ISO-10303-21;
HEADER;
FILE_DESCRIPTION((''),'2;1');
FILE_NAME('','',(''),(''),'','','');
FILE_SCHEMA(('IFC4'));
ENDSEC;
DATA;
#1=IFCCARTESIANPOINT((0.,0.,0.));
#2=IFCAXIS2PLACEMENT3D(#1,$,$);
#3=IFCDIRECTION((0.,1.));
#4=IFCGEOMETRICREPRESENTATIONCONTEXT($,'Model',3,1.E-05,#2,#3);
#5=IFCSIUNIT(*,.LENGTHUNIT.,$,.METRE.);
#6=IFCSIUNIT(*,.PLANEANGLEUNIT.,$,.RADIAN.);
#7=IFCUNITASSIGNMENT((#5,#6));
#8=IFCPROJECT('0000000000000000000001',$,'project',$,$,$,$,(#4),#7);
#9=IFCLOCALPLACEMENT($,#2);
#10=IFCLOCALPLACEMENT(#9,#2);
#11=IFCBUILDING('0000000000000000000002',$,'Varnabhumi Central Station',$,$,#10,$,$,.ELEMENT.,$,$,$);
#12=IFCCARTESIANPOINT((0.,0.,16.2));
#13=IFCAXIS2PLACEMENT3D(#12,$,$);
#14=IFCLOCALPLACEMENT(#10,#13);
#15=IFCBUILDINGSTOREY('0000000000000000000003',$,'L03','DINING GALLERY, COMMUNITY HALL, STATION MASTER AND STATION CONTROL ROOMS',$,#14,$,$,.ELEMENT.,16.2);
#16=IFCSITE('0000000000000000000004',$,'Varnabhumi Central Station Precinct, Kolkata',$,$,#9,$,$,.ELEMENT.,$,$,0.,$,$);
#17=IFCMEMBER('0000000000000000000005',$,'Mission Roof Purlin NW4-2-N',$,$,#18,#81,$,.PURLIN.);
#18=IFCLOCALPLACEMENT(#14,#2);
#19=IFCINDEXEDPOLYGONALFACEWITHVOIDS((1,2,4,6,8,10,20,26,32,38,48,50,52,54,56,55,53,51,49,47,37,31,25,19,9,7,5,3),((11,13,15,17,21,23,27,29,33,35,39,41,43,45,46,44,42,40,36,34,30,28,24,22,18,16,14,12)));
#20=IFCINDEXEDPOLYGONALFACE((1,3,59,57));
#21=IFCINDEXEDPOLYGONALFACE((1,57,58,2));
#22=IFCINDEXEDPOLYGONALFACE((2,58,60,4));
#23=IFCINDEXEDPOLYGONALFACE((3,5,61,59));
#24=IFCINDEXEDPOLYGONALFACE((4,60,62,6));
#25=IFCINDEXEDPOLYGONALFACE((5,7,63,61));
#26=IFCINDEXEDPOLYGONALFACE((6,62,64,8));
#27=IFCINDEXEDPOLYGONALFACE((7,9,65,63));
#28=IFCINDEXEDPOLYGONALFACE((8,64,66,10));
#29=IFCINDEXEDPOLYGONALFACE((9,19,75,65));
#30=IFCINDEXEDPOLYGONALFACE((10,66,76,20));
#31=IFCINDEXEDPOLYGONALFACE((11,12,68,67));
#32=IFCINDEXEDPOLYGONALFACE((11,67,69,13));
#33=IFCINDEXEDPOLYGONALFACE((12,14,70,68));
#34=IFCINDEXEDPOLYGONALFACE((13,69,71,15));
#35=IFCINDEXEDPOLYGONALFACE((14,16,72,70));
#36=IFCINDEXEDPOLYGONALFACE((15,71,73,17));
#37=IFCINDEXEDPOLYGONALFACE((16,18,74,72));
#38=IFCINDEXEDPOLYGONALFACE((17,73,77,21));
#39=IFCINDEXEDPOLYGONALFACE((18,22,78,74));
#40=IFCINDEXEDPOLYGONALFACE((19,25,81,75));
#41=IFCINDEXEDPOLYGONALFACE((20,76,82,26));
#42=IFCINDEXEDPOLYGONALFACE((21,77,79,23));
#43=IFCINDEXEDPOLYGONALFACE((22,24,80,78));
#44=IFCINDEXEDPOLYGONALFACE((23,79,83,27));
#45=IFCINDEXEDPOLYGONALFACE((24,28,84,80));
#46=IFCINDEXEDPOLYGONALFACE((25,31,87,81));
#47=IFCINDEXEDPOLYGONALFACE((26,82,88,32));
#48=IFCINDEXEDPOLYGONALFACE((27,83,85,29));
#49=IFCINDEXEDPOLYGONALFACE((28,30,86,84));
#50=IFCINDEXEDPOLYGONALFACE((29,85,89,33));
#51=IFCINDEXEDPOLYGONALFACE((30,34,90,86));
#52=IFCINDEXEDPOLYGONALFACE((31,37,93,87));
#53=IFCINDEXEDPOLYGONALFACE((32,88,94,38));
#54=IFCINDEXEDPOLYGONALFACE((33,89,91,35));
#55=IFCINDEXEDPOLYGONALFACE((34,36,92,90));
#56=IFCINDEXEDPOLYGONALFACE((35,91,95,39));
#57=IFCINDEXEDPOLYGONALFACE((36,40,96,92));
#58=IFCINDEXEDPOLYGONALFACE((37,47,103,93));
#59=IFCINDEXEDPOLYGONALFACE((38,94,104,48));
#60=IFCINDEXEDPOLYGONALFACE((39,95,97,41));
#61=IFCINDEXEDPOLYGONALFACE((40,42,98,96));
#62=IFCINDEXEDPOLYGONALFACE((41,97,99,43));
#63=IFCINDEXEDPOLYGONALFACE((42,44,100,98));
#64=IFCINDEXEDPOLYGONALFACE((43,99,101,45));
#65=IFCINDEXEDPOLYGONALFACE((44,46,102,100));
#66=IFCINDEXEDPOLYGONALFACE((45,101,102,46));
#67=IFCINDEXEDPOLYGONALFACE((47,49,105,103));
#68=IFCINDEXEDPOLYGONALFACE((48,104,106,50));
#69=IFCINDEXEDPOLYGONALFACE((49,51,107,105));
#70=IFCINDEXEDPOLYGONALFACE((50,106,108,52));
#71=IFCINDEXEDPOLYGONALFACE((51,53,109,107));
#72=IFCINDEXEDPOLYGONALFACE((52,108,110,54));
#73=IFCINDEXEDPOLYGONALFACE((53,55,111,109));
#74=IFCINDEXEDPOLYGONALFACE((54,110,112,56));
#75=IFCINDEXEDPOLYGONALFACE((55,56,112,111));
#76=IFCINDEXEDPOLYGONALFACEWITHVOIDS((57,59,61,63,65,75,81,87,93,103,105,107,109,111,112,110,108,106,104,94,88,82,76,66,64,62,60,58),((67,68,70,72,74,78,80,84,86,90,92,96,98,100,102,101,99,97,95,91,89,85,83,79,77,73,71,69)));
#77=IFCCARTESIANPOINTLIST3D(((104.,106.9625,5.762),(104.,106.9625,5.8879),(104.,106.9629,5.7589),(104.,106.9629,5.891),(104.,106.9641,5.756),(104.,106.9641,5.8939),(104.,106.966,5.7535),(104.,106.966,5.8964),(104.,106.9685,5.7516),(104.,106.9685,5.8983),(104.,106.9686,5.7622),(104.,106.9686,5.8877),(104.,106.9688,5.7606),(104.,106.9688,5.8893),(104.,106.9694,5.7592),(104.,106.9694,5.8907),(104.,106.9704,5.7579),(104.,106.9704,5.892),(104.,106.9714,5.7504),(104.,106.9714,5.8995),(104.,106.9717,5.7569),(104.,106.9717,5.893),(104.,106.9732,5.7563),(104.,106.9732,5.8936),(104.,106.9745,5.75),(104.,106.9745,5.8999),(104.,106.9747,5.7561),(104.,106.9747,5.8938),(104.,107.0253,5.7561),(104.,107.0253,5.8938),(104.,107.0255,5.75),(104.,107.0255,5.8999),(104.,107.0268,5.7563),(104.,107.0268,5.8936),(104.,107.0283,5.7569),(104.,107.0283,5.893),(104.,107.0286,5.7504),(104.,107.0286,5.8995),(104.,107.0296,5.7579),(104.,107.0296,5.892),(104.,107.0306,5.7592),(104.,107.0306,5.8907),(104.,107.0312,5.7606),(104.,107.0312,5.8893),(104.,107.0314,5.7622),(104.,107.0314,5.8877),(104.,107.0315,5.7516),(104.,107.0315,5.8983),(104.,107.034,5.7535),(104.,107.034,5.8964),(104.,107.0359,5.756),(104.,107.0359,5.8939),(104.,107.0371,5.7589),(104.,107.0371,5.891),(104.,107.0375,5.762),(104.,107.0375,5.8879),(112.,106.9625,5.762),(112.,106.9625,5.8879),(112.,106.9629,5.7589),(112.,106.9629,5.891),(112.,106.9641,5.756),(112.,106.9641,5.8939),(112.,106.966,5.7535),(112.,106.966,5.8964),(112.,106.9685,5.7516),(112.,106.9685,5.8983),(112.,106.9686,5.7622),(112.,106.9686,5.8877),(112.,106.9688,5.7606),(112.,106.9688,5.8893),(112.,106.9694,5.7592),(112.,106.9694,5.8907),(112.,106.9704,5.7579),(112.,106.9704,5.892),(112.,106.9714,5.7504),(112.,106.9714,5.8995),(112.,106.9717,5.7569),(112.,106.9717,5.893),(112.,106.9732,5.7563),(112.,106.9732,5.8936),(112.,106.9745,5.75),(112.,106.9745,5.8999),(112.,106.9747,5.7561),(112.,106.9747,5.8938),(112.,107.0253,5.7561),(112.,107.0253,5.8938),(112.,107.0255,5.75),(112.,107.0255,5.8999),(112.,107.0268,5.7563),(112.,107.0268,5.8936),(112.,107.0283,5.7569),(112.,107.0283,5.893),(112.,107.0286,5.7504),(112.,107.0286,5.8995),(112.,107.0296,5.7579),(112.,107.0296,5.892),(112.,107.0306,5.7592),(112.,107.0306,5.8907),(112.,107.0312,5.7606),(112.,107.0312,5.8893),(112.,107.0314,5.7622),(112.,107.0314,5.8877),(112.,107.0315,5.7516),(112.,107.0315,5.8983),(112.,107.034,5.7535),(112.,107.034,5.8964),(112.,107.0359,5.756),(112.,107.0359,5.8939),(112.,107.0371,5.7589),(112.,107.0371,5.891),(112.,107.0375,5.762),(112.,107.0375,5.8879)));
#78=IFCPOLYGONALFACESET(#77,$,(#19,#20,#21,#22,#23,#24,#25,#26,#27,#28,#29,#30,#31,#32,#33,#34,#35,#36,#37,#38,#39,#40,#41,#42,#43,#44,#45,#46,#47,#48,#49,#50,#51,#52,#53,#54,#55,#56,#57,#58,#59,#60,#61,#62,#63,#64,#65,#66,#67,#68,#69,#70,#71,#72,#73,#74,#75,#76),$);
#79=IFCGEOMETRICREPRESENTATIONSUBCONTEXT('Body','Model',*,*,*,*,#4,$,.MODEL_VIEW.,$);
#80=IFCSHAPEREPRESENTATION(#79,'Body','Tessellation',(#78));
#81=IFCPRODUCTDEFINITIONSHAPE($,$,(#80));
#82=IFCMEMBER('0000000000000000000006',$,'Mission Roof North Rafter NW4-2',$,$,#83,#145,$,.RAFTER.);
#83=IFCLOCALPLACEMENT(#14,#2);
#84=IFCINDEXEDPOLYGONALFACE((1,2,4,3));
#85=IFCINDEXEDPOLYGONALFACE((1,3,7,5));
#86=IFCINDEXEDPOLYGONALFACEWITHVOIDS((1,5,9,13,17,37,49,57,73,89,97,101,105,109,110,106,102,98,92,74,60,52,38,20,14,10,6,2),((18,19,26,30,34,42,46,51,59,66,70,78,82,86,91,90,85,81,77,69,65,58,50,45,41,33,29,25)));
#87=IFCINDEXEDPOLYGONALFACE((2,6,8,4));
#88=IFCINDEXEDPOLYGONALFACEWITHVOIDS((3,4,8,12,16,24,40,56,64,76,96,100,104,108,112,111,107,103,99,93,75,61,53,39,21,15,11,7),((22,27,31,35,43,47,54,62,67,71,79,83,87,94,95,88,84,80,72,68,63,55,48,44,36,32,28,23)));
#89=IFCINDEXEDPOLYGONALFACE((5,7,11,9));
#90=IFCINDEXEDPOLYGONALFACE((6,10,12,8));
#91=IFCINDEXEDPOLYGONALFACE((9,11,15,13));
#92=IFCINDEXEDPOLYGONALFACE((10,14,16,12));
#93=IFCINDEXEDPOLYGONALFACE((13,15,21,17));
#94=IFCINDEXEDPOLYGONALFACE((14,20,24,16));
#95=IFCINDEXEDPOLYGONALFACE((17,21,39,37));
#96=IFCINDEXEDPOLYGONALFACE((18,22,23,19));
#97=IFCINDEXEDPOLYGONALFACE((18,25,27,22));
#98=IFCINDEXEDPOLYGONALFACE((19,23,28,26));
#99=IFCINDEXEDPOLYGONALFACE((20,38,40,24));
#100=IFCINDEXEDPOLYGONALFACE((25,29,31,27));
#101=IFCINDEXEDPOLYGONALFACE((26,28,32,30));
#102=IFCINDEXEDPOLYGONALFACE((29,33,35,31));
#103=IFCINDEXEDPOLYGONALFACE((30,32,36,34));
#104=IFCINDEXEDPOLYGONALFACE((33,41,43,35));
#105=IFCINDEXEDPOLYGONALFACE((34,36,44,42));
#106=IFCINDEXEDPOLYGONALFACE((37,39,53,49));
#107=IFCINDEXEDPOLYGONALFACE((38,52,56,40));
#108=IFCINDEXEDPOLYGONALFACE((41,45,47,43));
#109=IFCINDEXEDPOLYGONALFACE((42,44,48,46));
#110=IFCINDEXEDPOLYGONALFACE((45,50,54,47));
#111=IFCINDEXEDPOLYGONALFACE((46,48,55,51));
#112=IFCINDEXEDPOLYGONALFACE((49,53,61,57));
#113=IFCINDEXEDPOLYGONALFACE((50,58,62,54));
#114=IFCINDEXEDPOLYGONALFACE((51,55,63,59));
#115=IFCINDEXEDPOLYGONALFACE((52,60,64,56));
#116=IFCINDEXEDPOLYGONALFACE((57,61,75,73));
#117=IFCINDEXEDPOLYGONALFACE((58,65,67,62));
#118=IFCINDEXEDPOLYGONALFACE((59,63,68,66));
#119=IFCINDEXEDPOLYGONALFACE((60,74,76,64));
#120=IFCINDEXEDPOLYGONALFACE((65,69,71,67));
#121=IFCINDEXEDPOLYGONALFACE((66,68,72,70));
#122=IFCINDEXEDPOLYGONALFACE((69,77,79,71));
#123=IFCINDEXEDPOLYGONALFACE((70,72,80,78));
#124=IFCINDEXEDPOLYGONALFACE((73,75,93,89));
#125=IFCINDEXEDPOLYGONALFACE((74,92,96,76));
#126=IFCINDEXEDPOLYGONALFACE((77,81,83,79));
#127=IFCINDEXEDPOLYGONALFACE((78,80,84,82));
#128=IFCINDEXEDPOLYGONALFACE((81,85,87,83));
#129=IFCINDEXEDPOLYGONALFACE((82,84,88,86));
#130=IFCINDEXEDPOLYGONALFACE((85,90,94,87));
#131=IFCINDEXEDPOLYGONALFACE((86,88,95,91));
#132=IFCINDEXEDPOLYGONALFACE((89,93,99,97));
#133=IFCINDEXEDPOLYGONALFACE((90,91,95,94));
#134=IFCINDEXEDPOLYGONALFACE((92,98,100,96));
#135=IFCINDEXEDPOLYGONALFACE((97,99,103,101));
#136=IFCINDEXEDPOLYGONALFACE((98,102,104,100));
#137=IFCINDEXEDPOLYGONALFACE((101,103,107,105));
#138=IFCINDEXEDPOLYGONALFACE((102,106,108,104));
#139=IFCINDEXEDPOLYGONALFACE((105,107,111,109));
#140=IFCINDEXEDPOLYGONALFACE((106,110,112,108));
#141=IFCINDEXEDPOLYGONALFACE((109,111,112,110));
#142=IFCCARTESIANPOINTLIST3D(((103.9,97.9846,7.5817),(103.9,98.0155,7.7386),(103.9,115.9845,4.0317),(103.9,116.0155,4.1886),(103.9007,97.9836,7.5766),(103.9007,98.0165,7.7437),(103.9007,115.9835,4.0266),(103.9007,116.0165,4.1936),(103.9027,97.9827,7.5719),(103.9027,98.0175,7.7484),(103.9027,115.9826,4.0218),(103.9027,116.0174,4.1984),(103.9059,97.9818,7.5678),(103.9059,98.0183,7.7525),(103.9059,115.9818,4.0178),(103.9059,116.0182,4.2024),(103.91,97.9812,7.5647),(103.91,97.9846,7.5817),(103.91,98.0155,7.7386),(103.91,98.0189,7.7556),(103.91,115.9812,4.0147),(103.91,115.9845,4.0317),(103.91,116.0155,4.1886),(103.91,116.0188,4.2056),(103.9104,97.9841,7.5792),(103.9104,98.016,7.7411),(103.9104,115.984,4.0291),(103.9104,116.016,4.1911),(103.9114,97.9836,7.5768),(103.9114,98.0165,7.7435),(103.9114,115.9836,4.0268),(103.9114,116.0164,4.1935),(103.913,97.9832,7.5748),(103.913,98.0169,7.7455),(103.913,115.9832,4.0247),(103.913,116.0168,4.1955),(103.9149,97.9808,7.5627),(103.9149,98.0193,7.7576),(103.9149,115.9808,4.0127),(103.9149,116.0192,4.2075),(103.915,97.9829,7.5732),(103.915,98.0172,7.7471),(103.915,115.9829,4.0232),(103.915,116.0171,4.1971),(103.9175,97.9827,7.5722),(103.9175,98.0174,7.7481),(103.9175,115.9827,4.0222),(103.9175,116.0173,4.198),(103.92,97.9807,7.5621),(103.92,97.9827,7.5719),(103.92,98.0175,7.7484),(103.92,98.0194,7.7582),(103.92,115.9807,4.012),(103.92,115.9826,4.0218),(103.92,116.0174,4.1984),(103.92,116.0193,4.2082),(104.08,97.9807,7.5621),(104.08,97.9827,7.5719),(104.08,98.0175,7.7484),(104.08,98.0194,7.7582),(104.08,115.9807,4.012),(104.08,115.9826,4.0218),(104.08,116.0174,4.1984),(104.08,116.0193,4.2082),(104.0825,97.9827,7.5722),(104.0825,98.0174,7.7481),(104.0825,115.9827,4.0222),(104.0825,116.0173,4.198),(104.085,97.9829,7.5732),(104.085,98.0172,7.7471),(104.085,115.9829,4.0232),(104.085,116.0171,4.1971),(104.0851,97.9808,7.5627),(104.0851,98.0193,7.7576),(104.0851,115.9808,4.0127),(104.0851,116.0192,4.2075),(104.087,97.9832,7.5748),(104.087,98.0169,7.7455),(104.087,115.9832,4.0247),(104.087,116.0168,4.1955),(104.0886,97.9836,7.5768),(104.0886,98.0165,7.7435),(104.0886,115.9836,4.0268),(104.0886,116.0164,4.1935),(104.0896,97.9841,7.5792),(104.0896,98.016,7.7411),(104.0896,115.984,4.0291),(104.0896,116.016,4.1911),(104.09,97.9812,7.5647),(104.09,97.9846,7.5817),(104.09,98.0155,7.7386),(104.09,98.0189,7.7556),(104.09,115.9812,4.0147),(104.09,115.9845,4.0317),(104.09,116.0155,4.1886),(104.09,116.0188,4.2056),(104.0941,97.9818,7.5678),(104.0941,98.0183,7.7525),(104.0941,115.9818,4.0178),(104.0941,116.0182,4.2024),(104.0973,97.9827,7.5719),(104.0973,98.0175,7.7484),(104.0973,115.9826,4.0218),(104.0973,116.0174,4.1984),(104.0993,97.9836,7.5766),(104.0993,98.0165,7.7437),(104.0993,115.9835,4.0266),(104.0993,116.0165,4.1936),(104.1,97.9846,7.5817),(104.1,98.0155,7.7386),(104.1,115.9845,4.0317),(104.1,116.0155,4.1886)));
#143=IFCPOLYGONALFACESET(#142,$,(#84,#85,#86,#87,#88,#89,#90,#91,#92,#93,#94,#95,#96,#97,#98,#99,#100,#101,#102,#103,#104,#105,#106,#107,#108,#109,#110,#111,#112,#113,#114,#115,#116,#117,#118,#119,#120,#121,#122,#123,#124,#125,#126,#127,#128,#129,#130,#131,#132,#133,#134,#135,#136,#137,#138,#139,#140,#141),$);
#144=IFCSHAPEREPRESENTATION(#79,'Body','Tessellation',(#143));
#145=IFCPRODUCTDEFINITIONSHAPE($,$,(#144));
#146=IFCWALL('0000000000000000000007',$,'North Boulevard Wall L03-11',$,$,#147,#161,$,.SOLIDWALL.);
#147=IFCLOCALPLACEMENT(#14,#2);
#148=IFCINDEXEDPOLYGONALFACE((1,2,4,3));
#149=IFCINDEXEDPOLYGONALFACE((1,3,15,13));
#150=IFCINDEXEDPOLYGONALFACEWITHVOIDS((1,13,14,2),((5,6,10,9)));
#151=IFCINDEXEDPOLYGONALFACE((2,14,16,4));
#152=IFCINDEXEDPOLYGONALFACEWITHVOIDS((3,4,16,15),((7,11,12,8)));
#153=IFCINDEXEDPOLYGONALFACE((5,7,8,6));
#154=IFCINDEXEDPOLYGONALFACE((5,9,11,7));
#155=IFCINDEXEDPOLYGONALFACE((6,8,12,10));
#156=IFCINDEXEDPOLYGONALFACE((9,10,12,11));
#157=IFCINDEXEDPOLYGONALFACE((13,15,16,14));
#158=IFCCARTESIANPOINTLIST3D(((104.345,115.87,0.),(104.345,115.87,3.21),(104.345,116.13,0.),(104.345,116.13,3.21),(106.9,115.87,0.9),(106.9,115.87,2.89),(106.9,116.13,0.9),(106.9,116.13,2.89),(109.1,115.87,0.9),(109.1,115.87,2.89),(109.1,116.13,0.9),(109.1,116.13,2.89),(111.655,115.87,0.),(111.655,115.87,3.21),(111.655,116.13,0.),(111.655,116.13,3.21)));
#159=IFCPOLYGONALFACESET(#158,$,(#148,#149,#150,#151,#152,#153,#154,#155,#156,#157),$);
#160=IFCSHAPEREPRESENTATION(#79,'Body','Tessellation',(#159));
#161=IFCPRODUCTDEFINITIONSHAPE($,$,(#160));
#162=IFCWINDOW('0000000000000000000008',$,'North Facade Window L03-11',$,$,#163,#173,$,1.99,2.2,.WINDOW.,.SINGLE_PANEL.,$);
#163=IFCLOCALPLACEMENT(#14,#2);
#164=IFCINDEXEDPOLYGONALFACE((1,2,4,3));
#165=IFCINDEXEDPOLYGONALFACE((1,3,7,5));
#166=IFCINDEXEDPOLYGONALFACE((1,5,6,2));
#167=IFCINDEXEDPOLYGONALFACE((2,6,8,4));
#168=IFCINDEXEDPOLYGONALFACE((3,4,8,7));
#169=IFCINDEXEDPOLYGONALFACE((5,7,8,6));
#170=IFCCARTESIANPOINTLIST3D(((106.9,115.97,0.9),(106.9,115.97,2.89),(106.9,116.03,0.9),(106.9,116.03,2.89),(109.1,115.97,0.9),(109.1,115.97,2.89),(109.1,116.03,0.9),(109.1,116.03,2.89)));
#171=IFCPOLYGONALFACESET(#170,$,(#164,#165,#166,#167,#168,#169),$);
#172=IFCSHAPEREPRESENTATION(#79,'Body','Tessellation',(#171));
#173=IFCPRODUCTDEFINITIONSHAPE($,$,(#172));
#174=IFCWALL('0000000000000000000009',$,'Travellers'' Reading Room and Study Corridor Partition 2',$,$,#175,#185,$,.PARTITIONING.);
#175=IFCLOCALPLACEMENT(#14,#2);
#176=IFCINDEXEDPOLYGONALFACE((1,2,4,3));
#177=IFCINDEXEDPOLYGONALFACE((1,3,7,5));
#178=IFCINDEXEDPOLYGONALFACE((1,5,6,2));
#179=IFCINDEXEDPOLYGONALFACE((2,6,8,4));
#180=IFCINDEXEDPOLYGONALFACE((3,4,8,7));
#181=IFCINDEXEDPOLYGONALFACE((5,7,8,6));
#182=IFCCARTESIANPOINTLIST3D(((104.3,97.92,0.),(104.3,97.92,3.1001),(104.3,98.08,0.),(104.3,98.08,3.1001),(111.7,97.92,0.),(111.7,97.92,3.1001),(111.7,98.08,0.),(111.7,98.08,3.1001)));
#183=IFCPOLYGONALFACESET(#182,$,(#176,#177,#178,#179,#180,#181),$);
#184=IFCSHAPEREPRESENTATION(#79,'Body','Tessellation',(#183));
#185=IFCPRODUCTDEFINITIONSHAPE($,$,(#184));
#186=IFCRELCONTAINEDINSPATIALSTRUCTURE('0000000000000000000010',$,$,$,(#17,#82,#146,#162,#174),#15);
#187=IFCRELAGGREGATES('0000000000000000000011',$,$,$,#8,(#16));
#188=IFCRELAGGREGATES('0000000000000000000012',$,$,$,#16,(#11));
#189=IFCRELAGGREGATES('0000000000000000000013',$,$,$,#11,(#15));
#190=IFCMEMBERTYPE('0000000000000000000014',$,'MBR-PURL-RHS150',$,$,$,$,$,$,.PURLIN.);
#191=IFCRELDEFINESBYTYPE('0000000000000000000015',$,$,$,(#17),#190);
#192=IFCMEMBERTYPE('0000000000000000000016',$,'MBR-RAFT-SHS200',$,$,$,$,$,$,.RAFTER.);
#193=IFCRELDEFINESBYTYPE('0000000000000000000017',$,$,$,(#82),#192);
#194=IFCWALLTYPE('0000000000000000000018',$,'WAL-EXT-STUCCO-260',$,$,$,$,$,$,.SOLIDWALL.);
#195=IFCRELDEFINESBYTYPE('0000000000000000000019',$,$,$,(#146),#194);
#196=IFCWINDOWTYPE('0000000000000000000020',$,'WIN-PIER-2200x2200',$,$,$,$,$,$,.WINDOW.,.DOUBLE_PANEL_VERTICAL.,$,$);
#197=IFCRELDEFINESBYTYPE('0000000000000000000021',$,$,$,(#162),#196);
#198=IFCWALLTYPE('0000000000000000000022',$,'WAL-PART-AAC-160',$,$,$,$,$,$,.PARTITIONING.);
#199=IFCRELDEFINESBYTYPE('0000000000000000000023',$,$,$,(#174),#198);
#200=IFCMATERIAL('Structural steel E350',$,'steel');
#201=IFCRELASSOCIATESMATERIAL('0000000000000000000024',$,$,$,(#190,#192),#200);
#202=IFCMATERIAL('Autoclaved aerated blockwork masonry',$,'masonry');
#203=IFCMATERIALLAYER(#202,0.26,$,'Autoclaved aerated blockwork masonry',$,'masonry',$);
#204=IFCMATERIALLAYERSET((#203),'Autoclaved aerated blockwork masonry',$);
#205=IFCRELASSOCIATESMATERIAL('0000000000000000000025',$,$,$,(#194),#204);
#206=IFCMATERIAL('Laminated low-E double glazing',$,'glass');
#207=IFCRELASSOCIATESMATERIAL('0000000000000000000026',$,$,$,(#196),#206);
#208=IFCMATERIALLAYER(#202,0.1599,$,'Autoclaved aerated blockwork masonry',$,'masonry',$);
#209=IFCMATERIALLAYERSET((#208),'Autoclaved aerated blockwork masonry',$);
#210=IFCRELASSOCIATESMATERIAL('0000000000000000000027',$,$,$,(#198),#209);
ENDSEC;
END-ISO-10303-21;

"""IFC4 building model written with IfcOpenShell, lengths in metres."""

from ifc_helpers import new_model, si_unit, direction, frame, frame_2d, origin, origin_2d, place, context, subcontext, project, spatial, rectangle, hollow_rectangle, extrude, material, layer, layer_set, material_profile, profile_set, type_object, element, fill, save


model = new_model("IFC4")

# Units and contexts
model_context = context("Model", 3, precision=1e-05, world=origin(), true_north=direction((0.0, 1.0)))
body_context = subcontext(model_context, "Body", "Model", "MODEL_VIEW")
ifc_project = project(units=[si_unit("LENGTHUNIT", "METRE"), si_unit("PLANEANGLEUNIT", "RADIAN")], contexts=[model_context])

# Site, building, storey
site_placement = place(None, origin())
site = spatial("IfcSite", under=ifc_project, at=site_placement, Name="Varnabhumi Central Station Precinct, Kolkata", CompositionType="ELEMENT", RefElevation=0.0)
building_placement = place(site_placement, origin())
building = spatial("IfcBuilding", under=site, at=building_placement, Name="Varnabhumi Central Station", CompositionType="ELEMENT")
storey_placement = place(building_placement, frame((0.0, 0.0, 16.2)))
storey = spatial("IfcBuildingStorey", under=building, at=storey_placement, Name="L03", Description="DINING GALLERY, COMMUNITY HALL, STATION MASTER AND STATION CONTROL ROOMS", CompositionType="ELEMENT", Elevation=16.2)

# Shared definitions
ifc_material_1 = material(Name="Structural steel E350", Category="steel")

# Members
ifc_material_profile_1 = material_profile(ifc_material_1, hollow_rectangle(XDim=0.075, YDim=0.1499, WallThickness=0.0061, InnerFilletRadius=0.0061, OuterFilletRadius=0.012, at=origin_2d()), Name="Structural steel E350", Category="steel")
ifc_profile_set_1 = profile_set([ifc_material_profile_1], Name="Structural steel E350")
member_type_1 = type_object("IfcMemberType", Name="MBR-PURL-RHS150", PredefinedType="PURLIN", material=ifc_profile_set_1)
member_1_placement = place(storey_placement, frame((104.0, 107.0, 5.825), z_axis=(1.0, 0.0, 0.0), x_axis=(0.0, 1.0, 0.0)))
element("IfcMember", 1, at=member_1_placement, inside=storey, type_object=member_type_1, Name="Mission Roof Purlin NW4-2-N", PredefinedType="PURLIN", context=body_context, shape_type="SweptSolid", body=[
    extrude(hollow_rectangle(XDim=0.075, YDim=0.1499, WallThickness=0.0061, InnerFilletRadius=0.0061, OuterFilletRadius=0.012, at=origin_2d()), origin(), (0.0, 0.0, 1.0), 8.0),
])
ifc_material_profile_2 = material_profile(ifc_material_1, hollow_rectangle(XDim=0.2, YDim=0.2, WallThickness=0.01, InnerFilletRadius=0.01, OuterFilletRadius=0.02, at=origin_2d()), Name="Structural steel E350", Category="steel")
ifc_profile_set_2 = profile_set([ifc_material_profile_2], Name="Structural steel E350")
member_type_2 = type_object("IfcMemberType", Name="MBR-RAFT-SHS200", PredefinedType="RAFTER", material=ifc_profile_set_2)
member_2_placement = place(storey_placement, frame((104.0, 116.0, 4.1101), z_axis=(0.0, -0.981101, 0.193498), x_axis=(1.0, 0.0, 0.0)))
element("IfcMember", 2, at=member_2_placement, inside=storey, type_object=member_type_2, Name="Mission Roof North Rafter NW4-2", PredefinedType="RAFTER", context=body_context, shape_type="SweptSolid", body=[
    extrude(hollow_rectangle(XDim=0.2, YDim=0.2, WallThickness=0.01, InnerFilletRadius=0.01, OuterFilletRadius=0.02, at=origin_2d()), origin(), (0.0, 0.0, 1.0), 18.3467),
])

# Wall, opening, window
ifc_material_2 = material(Name="Autoclaved aerated blockwork masonry", Category="masonry")
ifc_layer_1 = layer(ifc_material_2, 0.26, Name="Autoclaved aerated blockwork masonry", Category="masonry")
ifc_layer_set_1 = layer_set([ifc_layer_1], Name="Autoclaved aerated blockwork masonry")
wall_type_1 = type_object("IfcWallType", Name="WAL-EXT-STUCCO-260", PredefinedType="SOLIDWALL", material=ifc_layer_set_1)
wall_1_placement = place(storey_placement, frame((104.345, 116.0, 0.0), z_axis=(0.0, 0.0, 1.0), x_axis=(1.0, 0.0, 0.0)))
wall_1 = element("IfcWall", 3, at=wall_1_placement, inside=storey, type_object=wall_type_1, Name="North Boulevard Wall L03-11", PredefinedType="SOLIDWALL", context=body_context, shape_type="SweptSolid", body=[
    extrude(rectangle(XDim=7.3101, YDim=0.26, at=frame_2d((3.655, 0.0))), origin(), (0.0, 0.0, 1.0), 3.21),
])
opening_1_placement = place(wall_1_placement, frame((2.5549, 0.0, 0.8999)))
opening_1 = element("IfcOpeningElement", 4, at=opening_1_placement, cuts=wall_1, PredefinedType="OPENING", context=body_context, shape_type="SweptSolid", body=[
    extrude(rectangle(XDim=2.2, YDim=1.99, at=frame_2d((1.1001, 0.9951))), frame((0.0, 0.1399, 0.0), z_axis=(0.0, -1.0, 0.0), x_axis=(1.0, 0.0, 0.0)), (0.0, 0.0, 1.0), 0.28),
])
ifc_material_3 = material(Name="Laminated low-E double glazing", Category="glass")
window_type = type_object("IfcWindowType", Name="WIN-PIER-2200x2200", PartitioningType="DOUBLE_PANEL_VERTICAL", PredefinedType="WINDOW", material=ifc_material_3)
window_placement = place(opening_1_placement, origin())
window = element("IfcWindow", 5, at=window_placement, inside=storey, type_object=window_type, Name="North Facade Window L03-11", OverallHeight=1.99, OverallWidth=2.2, PartitioningType="SINGLE_PANEL", PredefinedType="WINDOW", context=body_context, shape_type="SweptSolid", body=[
    extrude(rectangle(XDim=2.2, YDim=1.99, at=frame_2d((1.1001, 0.9951))), frame((0.0, 0.03, 0.0), z_axis=(0.0, -1.0, 0.0), x_axis=(1.0, 0.0, 0.0)), (0.0, 0.0, 1.0), 0.0601),
])
fill(opening_1, window)

# Wall
ifc_layer_2 = layer(ifc_material_2, 0.1599, Name="Autoclaved aerated blockwork masonry", Category="masonry")
ifc_layer_set_2 = layer_set([ifc_layer_2], Name="Autoclaved aerated blockwork masonry")
wall_type_2 = type_object("IfcWallType", Name="WAL-PART-AAC-160", PredefinedType="PARTITIONING", material=ifc_layer_set_2)
wall_2_placement = place(storey_placement, frame((104.3, 98.0, 0.0), z_axis=(0.0, 0.0, 1.0), x_axis=(1.0, 0.0, 0.0)))
element("IfcWall", 6, at=wall_2_placement, inside=storey, type_object=wall_type_2, Name="Travellers' Reading Room and Study Corridor Partition 2", PredefinedType="PARTITIONING", context=body_context, shape_type="SweptSolid", body=[
    extrude(rectangle(XDim=7.3999, YDim=0.1599, at=frame_2d((3.7, 0.0))), origin(), (0.0, 0.0, 1.0), 3.1001),
])

save(model, "model.ifc")
